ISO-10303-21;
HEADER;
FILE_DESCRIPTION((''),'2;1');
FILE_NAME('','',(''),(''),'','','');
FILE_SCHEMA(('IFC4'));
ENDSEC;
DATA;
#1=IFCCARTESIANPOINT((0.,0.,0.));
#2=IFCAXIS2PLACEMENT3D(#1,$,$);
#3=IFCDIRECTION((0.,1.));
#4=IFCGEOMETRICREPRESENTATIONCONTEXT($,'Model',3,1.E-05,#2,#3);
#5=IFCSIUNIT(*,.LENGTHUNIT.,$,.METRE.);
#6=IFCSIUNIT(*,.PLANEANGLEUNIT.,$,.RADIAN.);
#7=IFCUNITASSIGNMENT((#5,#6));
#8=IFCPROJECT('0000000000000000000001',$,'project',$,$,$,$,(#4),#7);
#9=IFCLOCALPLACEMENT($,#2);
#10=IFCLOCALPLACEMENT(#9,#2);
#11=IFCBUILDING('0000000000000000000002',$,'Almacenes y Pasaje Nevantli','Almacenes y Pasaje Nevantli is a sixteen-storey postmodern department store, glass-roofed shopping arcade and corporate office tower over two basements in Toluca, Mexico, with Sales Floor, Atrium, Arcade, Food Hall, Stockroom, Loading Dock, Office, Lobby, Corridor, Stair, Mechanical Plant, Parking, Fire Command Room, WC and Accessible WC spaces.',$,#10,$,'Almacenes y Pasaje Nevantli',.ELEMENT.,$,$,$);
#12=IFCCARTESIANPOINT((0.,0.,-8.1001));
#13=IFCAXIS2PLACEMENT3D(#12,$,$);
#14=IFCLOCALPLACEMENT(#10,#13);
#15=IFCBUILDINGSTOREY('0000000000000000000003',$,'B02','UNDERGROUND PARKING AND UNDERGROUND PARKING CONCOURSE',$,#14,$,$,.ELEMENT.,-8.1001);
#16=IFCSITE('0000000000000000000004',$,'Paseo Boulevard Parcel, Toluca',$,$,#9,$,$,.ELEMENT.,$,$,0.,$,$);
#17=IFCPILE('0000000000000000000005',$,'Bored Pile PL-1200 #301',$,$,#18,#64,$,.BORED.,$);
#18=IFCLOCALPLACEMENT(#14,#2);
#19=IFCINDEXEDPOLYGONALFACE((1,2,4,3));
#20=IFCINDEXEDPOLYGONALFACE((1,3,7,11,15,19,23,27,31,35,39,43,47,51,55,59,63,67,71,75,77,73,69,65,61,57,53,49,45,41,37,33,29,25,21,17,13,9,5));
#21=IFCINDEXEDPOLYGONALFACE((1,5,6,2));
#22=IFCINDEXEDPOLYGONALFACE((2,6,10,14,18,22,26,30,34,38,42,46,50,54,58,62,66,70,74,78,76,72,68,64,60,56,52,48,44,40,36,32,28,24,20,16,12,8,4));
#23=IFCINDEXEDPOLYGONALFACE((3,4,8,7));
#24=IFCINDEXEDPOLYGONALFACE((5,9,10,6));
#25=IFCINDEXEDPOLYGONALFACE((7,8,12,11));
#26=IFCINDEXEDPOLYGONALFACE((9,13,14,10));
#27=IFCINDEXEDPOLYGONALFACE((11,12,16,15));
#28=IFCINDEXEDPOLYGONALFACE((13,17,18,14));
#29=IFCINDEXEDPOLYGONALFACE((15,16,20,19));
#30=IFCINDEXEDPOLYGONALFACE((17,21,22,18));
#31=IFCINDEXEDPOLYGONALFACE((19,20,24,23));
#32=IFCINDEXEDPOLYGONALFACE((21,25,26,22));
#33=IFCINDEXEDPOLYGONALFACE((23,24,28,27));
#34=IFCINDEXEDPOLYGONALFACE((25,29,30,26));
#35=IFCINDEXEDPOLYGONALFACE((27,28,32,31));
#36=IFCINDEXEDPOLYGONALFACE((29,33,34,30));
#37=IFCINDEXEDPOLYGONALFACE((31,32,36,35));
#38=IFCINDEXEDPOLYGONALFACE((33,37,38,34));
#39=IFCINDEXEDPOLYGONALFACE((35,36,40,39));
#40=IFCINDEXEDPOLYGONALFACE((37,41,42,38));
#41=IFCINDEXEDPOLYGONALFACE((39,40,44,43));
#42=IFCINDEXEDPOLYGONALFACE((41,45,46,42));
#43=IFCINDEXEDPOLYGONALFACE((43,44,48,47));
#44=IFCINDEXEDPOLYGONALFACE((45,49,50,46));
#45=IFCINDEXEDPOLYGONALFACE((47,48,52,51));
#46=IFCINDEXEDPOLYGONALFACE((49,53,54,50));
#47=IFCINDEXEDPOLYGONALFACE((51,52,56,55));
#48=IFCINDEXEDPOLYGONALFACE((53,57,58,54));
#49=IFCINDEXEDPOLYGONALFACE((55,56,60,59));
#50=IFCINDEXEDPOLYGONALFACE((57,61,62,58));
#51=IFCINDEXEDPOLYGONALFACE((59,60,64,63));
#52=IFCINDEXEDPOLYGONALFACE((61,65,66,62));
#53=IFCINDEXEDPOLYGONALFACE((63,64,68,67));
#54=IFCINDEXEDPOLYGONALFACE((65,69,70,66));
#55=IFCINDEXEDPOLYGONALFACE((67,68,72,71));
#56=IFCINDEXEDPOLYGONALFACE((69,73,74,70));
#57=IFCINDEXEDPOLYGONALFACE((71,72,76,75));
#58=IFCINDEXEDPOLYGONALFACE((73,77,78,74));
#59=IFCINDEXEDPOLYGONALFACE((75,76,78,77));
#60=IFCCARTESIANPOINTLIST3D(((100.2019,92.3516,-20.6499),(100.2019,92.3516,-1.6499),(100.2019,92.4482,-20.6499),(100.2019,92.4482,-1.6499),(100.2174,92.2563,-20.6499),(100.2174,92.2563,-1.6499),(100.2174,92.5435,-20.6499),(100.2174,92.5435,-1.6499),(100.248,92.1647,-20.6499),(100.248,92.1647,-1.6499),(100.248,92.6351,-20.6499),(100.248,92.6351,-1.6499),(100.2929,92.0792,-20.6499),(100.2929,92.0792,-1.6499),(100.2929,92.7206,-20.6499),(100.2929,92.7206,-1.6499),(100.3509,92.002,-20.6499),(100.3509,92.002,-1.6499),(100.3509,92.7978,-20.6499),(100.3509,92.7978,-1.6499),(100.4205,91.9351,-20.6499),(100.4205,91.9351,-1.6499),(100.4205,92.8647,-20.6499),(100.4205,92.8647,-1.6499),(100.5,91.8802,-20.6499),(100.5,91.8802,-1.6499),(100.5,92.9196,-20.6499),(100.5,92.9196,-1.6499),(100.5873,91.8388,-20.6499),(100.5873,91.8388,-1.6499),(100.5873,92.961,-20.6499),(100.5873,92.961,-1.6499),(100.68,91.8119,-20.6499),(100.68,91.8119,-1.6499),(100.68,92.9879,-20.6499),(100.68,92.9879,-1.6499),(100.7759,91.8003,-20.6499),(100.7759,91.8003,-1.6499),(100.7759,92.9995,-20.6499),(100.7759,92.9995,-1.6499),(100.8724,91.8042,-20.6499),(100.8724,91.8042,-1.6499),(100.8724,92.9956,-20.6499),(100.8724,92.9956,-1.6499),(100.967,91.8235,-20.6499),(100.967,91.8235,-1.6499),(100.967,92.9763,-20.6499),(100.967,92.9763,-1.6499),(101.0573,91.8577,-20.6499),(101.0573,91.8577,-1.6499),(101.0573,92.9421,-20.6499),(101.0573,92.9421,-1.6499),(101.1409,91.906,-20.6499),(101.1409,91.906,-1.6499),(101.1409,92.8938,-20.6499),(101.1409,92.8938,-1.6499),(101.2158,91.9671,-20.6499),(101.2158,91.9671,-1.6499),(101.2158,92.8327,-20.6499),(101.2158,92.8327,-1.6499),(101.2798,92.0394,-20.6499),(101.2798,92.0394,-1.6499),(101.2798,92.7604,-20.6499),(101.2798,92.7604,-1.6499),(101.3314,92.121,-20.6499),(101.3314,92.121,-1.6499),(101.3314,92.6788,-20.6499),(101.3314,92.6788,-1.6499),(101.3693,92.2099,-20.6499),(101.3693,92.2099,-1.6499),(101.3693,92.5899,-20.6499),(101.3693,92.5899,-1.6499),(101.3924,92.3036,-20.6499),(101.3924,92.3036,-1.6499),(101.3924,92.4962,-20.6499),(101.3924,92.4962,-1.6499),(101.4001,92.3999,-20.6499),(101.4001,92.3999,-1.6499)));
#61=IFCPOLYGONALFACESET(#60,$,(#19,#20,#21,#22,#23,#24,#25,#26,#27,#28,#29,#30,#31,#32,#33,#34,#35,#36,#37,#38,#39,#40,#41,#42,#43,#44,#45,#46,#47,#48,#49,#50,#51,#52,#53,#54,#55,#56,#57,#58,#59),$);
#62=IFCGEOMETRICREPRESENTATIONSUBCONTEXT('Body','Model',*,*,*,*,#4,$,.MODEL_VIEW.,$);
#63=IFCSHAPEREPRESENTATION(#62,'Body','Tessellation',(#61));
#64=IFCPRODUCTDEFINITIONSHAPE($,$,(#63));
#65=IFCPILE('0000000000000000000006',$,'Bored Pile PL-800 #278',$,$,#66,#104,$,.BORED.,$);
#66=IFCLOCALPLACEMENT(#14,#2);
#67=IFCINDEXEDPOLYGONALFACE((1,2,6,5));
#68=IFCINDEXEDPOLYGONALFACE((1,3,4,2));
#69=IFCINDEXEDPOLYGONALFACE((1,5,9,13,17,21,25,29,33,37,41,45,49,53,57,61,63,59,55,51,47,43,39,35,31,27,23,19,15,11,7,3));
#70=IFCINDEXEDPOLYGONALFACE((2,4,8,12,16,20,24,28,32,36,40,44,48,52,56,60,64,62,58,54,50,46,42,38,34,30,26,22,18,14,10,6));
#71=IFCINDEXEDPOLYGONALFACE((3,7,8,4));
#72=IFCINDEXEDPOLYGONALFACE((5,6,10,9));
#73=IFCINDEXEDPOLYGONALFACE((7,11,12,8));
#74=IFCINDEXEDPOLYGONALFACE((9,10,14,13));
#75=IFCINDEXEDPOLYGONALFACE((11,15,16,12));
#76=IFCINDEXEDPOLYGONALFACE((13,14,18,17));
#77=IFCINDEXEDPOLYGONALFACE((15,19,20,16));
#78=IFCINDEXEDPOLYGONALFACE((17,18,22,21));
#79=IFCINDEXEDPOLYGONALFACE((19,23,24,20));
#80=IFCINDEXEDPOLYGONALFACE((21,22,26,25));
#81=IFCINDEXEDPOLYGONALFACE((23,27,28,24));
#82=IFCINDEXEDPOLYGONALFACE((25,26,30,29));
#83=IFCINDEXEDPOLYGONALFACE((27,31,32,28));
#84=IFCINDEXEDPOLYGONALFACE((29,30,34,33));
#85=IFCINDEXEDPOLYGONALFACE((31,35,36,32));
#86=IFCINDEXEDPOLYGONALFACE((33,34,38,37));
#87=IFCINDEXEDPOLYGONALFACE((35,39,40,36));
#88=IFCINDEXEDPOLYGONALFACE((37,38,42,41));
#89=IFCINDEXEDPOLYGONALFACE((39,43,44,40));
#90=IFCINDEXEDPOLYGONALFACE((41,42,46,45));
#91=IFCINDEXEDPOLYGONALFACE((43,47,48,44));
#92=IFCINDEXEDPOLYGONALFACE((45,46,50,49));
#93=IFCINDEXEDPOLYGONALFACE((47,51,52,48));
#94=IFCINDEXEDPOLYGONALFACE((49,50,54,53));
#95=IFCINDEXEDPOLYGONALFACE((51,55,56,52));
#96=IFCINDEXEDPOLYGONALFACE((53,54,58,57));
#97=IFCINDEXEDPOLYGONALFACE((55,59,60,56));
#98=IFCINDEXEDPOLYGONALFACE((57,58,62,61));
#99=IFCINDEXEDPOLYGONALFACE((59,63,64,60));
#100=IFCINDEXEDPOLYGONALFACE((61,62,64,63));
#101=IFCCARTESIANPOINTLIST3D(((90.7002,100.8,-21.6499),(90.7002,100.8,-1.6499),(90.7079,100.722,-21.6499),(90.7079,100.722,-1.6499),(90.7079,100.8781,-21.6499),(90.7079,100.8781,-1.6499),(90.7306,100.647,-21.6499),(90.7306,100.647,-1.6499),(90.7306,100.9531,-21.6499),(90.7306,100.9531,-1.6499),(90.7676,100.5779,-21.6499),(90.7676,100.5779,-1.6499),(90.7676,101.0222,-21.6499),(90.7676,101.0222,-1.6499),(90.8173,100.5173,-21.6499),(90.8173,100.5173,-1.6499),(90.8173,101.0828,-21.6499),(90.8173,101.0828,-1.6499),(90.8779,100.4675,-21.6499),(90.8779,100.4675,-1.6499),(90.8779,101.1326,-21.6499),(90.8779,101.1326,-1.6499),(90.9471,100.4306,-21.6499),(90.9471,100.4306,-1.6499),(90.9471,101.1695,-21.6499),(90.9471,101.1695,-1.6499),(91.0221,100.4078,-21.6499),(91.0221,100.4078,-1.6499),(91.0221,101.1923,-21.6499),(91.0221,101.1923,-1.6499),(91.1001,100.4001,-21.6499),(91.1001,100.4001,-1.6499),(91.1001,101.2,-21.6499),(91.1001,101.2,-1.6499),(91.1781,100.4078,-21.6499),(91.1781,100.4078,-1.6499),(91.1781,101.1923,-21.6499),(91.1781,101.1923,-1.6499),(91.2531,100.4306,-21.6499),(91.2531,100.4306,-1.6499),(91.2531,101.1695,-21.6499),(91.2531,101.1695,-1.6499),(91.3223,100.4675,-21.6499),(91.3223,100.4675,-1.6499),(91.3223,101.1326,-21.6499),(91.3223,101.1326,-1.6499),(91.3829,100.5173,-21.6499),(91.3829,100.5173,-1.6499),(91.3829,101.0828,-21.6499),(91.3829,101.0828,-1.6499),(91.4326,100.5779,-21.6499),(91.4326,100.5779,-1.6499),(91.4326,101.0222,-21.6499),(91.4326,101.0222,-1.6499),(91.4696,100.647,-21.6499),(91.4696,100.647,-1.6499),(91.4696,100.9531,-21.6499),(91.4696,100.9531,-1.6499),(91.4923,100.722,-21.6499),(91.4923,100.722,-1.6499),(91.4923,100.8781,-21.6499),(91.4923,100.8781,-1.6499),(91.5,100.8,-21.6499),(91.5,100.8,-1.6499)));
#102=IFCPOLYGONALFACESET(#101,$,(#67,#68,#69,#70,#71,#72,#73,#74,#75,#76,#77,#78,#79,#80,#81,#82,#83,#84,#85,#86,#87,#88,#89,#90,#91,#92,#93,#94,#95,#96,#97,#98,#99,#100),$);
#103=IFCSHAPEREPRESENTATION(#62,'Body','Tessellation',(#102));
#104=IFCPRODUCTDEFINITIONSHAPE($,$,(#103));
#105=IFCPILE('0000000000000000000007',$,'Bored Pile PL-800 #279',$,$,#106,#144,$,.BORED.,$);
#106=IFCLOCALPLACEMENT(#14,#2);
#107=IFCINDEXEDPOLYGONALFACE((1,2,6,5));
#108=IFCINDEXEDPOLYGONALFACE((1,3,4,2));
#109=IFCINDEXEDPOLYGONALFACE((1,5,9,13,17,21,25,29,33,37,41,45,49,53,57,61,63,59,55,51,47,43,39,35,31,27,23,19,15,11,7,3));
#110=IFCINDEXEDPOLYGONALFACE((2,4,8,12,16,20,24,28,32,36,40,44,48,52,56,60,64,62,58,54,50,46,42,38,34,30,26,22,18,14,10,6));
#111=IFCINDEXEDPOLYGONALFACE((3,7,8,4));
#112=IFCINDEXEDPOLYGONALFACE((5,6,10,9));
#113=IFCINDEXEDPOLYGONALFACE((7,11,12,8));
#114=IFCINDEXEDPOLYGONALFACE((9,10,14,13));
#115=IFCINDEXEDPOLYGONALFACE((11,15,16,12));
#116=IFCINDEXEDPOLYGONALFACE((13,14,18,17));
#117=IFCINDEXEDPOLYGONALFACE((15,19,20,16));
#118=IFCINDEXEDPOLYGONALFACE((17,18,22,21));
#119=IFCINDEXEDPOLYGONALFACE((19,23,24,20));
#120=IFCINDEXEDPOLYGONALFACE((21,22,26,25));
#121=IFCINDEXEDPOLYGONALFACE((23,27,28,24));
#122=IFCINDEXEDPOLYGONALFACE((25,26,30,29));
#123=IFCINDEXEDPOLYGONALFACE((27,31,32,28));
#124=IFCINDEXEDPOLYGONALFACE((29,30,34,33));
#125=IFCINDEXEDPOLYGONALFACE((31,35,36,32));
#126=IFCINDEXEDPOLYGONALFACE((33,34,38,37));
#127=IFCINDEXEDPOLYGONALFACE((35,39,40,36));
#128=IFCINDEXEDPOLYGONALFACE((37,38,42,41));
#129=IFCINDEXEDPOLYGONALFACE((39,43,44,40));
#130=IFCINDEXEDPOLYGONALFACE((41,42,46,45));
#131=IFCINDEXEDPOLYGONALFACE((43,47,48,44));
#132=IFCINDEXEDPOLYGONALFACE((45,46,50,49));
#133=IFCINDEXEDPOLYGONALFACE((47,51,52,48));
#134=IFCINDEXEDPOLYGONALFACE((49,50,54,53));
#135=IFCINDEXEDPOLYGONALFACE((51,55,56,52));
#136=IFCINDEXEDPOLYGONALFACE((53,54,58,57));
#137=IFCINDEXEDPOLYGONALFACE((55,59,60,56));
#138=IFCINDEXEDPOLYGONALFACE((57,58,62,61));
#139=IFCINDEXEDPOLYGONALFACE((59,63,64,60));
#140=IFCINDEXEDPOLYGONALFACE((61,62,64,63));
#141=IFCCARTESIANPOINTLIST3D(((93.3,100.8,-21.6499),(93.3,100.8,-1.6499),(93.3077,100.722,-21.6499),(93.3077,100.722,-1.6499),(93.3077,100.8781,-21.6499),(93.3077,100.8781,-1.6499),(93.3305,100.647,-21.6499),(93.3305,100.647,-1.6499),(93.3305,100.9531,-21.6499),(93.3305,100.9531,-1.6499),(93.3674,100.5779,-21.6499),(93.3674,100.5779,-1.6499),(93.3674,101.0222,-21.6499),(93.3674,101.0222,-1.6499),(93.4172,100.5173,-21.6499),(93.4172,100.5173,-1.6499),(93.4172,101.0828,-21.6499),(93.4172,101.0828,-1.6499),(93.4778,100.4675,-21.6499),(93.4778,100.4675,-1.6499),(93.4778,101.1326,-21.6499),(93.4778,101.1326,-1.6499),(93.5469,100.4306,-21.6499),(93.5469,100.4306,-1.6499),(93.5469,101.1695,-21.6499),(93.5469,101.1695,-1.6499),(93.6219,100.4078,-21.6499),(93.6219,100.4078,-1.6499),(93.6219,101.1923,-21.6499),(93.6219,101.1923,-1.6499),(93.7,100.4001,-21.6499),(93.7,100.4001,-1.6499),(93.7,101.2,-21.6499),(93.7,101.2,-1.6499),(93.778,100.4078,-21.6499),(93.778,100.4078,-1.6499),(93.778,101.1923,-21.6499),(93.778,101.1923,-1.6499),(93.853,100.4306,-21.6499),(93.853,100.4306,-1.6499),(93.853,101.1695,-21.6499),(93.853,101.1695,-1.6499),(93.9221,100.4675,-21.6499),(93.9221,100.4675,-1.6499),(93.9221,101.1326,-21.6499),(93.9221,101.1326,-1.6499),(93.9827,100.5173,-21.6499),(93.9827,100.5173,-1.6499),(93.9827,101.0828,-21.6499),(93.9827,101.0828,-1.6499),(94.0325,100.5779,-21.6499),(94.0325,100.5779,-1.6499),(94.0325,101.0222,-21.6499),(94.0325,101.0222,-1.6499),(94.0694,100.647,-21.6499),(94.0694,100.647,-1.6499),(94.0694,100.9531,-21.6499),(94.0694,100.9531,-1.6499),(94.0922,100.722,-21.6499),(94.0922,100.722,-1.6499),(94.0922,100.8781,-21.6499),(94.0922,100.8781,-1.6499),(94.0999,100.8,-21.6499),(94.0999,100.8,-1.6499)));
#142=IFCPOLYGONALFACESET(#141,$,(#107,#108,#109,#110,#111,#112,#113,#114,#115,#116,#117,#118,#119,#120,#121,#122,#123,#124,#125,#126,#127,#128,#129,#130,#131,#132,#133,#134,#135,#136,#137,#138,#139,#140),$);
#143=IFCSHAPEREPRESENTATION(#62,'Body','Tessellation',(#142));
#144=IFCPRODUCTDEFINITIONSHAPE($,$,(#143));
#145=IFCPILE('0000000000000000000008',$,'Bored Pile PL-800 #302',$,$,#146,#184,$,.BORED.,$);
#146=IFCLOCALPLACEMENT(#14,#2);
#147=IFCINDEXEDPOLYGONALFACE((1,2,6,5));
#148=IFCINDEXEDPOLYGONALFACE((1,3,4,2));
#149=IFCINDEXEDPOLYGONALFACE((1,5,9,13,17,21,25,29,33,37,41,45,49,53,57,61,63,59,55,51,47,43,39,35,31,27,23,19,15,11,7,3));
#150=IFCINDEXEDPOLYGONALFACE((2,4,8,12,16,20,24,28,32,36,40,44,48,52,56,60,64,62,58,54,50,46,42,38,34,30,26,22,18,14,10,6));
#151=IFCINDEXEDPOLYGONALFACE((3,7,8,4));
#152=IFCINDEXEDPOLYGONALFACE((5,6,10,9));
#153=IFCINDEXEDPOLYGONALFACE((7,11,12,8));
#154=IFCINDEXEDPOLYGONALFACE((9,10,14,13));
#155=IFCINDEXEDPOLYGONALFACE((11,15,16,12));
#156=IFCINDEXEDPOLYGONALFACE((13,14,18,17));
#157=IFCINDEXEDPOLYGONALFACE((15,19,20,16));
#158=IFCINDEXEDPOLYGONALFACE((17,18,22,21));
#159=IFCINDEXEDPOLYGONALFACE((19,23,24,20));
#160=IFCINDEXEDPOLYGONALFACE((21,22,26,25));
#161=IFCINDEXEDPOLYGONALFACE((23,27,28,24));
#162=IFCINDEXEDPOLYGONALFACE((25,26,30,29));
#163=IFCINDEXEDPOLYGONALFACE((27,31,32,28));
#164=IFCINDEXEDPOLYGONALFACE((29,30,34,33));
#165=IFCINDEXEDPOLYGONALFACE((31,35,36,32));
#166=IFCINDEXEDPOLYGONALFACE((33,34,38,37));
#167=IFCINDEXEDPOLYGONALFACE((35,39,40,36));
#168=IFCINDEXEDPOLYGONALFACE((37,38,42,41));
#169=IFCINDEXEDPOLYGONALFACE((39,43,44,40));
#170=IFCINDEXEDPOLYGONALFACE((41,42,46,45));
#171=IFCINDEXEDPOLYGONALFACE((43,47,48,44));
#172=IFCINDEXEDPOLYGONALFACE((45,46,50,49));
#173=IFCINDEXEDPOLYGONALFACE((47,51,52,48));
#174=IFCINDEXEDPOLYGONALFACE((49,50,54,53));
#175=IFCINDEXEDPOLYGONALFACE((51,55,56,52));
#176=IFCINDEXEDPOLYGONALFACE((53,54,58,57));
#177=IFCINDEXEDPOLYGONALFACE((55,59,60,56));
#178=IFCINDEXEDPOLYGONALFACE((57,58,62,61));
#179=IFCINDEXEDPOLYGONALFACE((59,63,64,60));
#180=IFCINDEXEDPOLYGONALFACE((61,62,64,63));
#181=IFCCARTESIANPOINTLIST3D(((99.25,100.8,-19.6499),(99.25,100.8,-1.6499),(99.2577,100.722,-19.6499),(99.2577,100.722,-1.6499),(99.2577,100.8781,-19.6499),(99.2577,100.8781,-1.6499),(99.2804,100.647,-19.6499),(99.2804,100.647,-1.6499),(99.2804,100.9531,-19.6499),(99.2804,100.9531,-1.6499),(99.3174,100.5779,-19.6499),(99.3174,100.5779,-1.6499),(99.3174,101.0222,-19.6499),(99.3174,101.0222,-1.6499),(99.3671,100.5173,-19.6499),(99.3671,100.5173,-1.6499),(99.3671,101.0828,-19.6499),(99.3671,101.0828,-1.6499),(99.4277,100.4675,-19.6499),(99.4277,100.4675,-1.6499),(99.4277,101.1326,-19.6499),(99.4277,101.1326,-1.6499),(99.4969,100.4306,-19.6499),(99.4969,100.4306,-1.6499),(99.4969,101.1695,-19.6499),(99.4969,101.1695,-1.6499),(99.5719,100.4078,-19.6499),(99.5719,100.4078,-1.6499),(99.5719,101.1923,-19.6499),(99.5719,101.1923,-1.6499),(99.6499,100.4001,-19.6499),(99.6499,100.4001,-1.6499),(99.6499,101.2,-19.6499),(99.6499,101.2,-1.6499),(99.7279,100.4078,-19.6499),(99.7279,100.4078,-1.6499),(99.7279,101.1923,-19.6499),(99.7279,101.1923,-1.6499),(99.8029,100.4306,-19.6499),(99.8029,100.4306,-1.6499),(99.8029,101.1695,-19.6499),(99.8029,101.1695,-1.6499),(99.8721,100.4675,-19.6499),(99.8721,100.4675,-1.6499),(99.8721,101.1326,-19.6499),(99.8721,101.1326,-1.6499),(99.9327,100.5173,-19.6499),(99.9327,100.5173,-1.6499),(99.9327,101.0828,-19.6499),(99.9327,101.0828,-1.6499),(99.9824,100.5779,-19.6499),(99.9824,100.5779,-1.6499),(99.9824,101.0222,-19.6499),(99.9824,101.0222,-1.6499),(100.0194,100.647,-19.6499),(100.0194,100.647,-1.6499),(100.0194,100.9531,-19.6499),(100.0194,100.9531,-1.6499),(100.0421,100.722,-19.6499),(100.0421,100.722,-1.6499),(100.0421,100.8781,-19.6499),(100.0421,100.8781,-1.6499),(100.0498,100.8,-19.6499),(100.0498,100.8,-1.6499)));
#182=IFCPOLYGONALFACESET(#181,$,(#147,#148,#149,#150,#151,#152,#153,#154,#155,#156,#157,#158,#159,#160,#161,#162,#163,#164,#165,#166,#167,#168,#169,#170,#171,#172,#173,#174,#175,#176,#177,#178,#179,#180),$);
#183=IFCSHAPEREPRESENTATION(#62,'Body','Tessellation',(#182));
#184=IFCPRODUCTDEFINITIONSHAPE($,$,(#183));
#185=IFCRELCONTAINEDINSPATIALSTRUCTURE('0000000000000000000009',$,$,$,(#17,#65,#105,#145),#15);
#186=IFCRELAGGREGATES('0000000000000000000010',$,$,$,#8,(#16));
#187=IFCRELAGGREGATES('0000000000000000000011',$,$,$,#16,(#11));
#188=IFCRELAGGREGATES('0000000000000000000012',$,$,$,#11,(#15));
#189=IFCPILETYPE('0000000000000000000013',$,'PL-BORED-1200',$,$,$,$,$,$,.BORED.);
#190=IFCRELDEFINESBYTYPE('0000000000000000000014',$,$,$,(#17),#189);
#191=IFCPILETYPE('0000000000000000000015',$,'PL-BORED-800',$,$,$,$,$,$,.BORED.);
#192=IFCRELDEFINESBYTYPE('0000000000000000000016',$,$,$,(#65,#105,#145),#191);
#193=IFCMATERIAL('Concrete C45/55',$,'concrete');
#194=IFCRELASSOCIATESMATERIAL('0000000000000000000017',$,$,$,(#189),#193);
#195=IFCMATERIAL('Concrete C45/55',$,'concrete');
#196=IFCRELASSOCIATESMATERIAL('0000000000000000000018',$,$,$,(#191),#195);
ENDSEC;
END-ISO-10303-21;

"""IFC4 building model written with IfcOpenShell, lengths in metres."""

from ifc_helpers import new_model, si_unit, direction, frame, origin, origin_2d, place, context, subcontext, project, spatial, circle, extrude, material, material_profile, profile_set, type_object, element, save


model = new_model("IFC4")

# Units and contexts
model_context = context("Model", 3, precision=1e-05, world=origin(), true_north=direction((0.0, 1.0)))
body_context = subcontext(model_context, "Body", "Model", "MODEL_VIEW")
ifc_project = project(units=[si_unit("LENGTHUNIT", "METRE"), si_unit("PLANEANGLEUNIT", "RADIAN")], contexts=[model_context])

# Site, building, storey
site_placement = place(None, origin())
site = spatial("IfcSite", under=ifc_project, at=site_placement, Name="Paseo Boulevard Parcel, Toluca", CompositionType="ELEMENT", RefElevation=0.0)
building_placement = place(site_placement, origin())
building = spatial("IfcBuilding", under=site, at=building_placement, Name="Almacenes y Pasaje Nevantli", Description="Almacenes y Pasaje Nevantli is a sixteen-storey postmodern department store, glass-roofed shopping arcade and corporate office tower over two basements in Toluca, Mexico, with Sales Floor, Atrium, Arcade, Food Hall, Stockroom, Loading Dock, Office, Lobby, Corridor, Stair, Mechanical Plant, Parking, Fire Command Room, WC and Accessible WC spaces.", LongName="Almacenes y Pasaje Nevantli", CompositionType="ELEMENT")
storey_placement = place(building_placement, frame((0.0, 0.0, -8.1001)))
storey = spatial("IfcBuildingStorey", under=building, at=storey_placement, Name="B02", Description="UNDERGROUND PARKING AND UNDERGROUND PARKING CONCOURSE", CompositionType="ELEMENT", Elevation=-8.1001)

# Piles
ifc_material_1 = material(Name="Concrete C45/55", Category="concrete")
ifc_material_profile_1 = material_profile(ifc_material_1, circle(Radius=0.6001, at=origin_2d()), Name="RC-PILE-D1200")
ifc_profile_set_1 = profile_set([ifc_material_profile_1], Name="Concrete C45/55")
pile_type_1 = type_object("IfcPileType", Name="PL-BORED-1200", PredefinedType="BORED", material=ifc_profile_set_1)
pile_placement = place(storey_placement, frame((100.8, 92.3999, -1.6499), z_axis=(0.0, 0.0, -1.0), x_axis=(1.0, 0.0, 0.0)))
element("IfcPile", 1, at=pile_placement, inside=storey, type_object=pile_type_1, Name="Bored Pile PL-1200 #301", PredefinedType="BORED", context=body_context, shape_type="SweptSolid", body=[
    extrude(circle(Radius=0.6001, at=origin_2d()), origin(), (0.0, 0.0, 1.0), 19.0),
])
ifc_material_2 = material(Name="Concrete C45/55", Category="concrete")
ifc_material_profile_2 = material_profile(ifc_material_2, circle(Radius=0.3999, at=origin_2d()), Name="RC-PILE-D800")
ifc_profile_set_2 = profile_set([ifc_material_profile_2], Name="Concrete C45/55")
pile_type_2 = type_object("IfcPileType", Name="PL-BORED-800", PredefinedType="BORED", material=ifc_profile_set_2)
for number, where, z_axis, x_axis, name in (
    (2, (91.1001, 100.8, -1.6499), (0.0, 0.0, -1.0), (1.0, 0.0, 0.0), "Bored Pile PL-800 #278"),
    (3, (93.7, 100.8, -1.6499), (0.0, 0.0, -1.0), (1.0, 0.0, 0.0), "Bored Pile PL-800 #279"),
):
    element("IfcPile", number, at=place(storey_placement, frame(where, z_axis=z_axis, x_axis=x_axis)), inside=storey, type_object=pile_type_2, Name=name, PredefinedType="BORED", context=body_context, shape_type="SweptSolid", body=[
        extrude(circle(Radius=0.3999, at=origin_2d()), origin(), (0.0, 0.0, 1.0), 20.0),
    ])
for number, where, z_axis, x_axis, name in (
    (4, (99.6499, 100.8, -1.6499), (0.0, 0.0, -1.0), (1.0, 0.0, 0.0), "Bored Pile PL-800 #302"),
):
    element("IfcPile", number, at=place(storey_placement, frame(where, z_axis=z_axis, x_axis=x_axis)), inside=storey, type_object=pile_type_2, Name=name, PredefinedType="BORED", context=body_context, shape_type="SweptSolid", body=[
        extrude(circle(Radius=0.3999, at=origin_2d()), origin(), (0.0, 0.0, 1.0), 18.0),
    ])

save(model, "model.ifc")
